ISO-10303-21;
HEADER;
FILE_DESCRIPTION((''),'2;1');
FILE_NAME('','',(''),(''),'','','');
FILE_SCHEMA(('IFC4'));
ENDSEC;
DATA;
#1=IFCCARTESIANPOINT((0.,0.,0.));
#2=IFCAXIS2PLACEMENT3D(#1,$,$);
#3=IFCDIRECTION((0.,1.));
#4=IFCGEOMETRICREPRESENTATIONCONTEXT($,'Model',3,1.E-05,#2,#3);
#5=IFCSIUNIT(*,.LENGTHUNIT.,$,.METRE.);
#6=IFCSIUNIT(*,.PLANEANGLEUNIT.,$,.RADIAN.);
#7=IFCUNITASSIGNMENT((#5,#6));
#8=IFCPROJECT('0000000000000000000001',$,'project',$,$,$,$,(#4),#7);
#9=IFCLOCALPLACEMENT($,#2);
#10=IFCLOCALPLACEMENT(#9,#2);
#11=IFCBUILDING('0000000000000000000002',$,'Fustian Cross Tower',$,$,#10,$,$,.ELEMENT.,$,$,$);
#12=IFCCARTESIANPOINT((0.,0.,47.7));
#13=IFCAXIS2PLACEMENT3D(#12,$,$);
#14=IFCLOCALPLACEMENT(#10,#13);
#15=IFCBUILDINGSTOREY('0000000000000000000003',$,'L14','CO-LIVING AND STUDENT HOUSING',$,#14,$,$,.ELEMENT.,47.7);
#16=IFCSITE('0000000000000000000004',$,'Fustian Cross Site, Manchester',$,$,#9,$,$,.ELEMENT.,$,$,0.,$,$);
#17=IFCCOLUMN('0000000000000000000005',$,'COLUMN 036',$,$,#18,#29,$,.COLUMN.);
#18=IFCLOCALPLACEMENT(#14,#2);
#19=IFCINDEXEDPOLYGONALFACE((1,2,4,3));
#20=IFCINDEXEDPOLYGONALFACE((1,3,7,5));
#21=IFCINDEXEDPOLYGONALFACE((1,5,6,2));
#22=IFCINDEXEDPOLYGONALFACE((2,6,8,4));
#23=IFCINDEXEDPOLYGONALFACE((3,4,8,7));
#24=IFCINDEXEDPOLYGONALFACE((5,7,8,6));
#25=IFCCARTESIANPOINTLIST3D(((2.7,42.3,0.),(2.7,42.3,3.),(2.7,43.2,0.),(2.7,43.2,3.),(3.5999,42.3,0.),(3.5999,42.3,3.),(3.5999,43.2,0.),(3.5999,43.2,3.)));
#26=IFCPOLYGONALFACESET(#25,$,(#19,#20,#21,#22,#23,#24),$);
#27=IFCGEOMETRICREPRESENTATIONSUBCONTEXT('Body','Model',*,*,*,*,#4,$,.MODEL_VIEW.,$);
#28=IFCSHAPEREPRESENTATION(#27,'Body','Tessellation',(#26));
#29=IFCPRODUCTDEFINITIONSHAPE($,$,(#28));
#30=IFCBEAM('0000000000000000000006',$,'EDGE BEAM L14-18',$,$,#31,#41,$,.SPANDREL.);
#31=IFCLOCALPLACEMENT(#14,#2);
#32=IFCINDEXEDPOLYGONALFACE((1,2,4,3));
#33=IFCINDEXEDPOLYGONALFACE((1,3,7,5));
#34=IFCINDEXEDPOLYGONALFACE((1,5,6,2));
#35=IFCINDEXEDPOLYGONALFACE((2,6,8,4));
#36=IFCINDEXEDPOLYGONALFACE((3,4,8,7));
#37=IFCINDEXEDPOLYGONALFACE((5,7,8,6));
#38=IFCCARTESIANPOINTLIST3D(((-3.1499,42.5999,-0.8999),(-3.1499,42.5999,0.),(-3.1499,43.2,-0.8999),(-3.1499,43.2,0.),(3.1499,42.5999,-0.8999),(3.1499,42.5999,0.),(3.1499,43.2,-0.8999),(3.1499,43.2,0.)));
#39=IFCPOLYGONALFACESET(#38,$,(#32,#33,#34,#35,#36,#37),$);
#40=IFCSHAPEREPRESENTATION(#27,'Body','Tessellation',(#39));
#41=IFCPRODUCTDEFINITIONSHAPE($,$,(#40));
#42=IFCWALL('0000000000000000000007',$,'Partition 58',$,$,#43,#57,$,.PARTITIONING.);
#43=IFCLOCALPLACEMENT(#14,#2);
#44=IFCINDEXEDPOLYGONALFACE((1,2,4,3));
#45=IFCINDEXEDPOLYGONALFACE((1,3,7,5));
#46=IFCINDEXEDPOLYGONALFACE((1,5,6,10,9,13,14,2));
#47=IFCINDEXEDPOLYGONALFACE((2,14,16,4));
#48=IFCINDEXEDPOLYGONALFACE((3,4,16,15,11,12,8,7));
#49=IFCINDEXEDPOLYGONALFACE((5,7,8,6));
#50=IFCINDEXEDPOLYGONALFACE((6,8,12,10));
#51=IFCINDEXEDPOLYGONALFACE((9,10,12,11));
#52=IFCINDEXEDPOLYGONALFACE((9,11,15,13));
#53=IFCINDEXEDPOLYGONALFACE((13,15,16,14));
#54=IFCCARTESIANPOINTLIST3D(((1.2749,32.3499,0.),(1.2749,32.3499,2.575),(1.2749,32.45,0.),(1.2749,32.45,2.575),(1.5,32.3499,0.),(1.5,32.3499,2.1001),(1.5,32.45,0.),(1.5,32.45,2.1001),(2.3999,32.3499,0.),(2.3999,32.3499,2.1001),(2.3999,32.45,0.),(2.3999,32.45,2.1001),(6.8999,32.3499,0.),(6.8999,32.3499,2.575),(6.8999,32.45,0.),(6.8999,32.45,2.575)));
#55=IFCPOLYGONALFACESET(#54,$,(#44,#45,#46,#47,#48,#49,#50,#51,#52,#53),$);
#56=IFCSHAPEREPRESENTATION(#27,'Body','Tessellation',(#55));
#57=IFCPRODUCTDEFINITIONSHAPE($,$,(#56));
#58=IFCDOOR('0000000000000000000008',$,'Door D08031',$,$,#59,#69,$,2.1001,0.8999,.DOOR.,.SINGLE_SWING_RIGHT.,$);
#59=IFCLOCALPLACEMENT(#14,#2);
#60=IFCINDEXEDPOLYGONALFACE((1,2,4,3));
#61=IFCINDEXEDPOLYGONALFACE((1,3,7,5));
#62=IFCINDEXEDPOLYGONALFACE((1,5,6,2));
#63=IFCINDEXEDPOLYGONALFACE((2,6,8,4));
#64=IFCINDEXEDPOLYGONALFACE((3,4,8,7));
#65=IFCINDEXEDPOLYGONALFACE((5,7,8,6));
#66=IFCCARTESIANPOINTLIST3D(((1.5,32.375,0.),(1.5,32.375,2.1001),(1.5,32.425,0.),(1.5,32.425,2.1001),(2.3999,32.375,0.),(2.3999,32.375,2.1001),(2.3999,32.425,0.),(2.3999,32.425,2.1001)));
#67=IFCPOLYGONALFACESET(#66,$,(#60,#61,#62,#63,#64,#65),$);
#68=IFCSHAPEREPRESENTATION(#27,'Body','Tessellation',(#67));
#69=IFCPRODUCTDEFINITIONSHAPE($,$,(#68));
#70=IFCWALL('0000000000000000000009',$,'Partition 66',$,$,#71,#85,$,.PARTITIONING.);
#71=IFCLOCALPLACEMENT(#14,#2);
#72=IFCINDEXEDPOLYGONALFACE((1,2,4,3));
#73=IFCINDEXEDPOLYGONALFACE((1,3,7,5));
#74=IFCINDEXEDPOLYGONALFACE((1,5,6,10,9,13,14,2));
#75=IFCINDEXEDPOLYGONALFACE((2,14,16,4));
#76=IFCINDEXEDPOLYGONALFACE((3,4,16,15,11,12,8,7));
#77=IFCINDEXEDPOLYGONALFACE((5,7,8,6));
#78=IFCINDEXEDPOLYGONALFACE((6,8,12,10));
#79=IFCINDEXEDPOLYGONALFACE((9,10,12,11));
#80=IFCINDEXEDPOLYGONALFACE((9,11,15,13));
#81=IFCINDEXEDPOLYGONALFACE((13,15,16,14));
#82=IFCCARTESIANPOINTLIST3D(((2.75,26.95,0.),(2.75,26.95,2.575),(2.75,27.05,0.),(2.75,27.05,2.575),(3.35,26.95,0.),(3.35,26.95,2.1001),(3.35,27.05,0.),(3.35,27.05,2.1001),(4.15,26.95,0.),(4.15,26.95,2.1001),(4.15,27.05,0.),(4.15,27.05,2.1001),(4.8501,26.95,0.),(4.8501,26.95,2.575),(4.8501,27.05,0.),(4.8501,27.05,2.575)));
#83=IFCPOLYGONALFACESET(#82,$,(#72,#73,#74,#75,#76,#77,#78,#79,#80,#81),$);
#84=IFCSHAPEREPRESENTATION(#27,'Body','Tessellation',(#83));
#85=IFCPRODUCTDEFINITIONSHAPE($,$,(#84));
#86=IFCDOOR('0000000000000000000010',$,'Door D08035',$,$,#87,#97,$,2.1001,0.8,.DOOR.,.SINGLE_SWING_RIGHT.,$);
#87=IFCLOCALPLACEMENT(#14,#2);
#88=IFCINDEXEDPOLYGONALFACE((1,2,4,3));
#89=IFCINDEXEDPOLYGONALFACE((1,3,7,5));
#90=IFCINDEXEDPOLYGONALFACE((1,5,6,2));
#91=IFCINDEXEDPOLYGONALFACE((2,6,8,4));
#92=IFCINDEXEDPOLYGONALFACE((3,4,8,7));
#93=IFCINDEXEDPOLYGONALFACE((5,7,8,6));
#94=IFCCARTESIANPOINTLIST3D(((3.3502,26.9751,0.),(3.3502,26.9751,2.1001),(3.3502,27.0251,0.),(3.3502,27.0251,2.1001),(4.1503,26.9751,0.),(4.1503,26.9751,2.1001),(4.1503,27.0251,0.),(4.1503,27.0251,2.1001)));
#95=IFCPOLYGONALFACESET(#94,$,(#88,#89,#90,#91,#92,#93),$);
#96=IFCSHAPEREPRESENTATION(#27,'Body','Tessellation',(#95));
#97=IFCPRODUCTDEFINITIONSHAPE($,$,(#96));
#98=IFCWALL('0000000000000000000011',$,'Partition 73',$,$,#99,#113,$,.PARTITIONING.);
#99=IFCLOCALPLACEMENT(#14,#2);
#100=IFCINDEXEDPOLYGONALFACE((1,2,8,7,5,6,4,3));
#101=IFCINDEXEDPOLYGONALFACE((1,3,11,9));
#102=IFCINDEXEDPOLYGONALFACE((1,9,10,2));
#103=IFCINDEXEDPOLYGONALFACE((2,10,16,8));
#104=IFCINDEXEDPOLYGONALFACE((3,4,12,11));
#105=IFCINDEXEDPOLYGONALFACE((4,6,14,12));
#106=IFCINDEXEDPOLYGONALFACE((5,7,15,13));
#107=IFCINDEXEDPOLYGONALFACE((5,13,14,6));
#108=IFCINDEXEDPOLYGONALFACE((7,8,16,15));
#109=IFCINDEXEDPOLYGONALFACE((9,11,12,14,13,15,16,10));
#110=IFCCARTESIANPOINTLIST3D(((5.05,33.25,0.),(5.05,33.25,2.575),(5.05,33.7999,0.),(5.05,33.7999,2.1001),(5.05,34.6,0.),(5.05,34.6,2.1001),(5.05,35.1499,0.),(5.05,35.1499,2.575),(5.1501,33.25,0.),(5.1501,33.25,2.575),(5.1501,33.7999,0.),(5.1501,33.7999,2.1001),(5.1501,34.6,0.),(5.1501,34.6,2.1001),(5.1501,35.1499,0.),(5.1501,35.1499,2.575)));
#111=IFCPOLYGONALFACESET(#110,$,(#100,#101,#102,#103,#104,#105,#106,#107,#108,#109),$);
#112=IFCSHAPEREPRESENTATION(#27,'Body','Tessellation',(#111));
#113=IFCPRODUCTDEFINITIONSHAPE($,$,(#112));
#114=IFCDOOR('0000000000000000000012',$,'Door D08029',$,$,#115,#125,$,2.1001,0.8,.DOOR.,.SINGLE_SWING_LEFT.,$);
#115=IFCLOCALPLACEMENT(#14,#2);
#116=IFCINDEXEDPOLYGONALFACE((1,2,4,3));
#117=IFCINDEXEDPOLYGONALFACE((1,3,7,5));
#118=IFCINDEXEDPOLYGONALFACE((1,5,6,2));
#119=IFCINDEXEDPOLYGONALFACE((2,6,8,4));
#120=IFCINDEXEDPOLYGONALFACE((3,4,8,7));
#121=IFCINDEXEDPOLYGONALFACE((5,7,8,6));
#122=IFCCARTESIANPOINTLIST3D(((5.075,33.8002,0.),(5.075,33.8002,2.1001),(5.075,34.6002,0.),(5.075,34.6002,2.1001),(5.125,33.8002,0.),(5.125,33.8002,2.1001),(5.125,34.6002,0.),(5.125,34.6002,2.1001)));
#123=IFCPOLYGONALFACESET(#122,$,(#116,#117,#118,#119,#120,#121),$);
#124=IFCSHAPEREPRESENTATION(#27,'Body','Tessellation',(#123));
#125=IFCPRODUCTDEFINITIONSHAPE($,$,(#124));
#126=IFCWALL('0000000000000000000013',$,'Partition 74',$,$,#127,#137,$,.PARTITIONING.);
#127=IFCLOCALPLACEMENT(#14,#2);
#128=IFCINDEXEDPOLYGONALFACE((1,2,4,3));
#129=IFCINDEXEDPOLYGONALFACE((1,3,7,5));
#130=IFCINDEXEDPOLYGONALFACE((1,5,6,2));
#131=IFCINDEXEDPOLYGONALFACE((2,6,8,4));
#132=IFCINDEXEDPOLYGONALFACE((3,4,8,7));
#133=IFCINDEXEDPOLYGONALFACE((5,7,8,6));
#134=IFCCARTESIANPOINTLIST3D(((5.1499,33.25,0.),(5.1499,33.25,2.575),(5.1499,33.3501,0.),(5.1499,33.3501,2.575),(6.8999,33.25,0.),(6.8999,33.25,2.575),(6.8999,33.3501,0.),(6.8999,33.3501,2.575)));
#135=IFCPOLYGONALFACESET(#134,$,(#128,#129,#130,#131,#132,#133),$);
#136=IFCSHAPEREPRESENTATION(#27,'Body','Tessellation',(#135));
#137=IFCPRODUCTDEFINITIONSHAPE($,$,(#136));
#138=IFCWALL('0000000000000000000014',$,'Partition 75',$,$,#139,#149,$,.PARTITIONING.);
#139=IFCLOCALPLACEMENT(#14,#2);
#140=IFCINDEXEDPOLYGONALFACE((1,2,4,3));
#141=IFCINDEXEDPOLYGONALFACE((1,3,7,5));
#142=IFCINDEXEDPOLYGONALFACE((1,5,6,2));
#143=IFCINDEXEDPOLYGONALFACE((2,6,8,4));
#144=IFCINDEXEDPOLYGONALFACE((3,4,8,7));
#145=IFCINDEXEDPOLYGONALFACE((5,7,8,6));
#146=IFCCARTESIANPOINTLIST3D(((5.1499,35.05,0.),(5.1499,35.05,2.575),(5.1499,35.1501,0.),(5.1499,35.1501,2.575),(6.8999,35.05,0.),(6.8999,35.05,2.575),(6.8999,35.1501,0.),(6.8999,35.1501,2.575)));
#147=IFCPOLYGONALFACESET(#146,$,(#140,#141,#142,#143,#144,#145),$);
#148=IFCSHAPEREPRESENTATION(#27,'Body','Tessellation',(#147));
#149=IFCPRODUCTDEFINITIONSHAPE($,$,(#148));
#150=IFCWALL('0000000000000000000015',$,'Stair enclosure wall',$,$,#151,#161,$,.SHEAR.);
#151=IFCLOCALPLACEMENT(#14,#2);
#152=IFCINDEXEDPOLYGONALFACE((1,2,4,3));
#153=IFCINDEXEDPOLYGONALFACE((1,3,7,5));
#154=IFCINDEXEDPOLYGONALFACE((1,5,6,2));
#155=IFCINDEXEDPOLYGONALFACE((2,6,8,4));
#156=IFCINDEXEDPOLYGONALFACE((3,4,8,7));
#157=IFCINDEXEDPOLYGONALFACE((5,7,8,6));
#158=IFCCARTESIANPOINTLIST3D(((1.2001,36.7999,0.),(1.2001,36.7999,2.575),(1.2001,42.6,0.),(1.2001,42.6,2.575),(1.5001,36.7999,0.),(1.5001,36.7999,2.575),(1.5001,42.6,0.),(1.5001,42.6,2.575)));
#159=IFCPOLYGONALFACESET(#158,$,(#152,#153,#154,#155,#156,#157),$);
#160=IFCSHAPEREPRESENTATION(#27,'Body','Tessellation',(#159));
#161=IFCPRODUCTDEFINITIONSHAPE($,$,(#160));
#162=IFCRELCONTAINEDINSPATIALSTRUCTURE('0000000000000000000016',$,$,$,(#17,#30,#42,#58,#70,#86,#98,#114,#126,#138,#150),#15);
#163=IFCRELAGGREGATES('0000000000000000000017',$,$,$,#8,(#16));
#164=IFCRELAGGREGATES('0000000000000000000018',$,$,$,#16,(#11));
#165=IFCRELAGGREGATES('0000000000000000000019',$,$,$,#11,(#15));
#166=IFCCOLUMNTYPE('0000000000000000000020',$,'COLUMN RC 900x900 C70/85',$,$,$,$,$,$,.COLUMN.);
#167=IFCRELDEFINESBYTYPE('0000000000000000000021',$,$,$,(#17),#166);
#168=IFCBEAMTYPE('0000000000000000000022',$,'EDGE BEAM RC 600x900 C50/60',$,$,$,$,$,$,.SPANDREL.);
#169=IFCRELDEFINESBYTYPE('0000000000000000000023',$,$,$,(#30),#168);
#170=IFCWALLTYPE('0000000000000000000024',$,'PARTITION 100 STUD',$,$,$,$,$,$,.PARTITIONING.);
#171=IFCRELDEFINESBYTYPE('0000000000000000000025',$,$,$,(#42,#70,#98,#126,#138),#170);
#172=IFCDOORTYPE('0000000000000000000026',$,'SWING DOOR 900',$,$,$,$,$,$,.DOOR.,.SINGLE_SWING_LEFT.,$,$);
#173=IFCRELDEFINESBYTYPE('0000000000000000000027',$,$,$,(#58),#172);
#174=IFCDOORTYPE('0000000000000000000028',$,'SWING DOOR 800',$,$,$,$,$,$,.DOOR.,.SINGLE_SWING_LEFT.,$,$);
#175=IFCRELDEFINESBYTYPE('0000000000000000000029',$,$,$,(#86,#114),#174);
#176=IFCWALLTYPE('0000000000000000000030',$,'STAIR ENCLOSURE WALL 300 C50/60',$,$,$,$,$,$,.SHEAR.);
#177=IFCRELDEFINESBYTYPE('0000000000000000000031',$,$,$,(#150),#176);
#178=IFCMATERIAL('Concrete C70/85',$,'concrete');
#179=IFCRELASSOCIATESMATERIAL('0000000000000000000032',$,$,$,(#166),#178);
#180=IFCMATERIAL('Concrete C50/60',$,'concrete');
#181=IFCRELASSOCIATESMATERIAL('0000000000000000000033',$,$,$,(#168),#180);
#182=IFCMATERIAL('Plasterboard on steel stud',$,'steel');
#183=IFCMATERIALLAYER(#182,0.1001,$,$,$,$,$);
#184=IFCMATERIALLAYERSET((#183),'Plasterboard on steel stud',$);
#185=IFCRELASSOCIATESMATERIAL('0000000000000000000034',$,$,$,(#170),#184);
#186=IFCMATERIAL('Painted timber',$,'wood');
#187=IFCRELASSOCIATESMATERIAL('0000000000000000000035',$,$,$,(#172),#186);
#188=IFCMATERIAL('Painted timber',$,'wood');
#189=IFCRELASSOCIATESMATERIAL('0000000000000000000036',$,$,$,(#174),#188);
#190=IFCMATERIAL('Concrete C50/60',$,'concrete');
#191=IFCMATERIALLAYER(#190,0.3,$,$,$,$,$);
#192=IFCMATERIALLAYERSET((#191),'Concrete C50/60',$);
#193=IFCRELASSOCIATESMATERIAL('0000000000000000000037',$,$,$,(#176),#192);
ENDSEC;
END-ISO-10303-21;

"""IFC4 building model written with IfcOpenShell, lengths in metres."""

from ifc_helpers import new_model, si_unit, direction, frame, frame_2d, origin, origin_2d, place, context, subcontext, project, spatial, rectangle, extrude, material, layer, layer_set, material_profile, profile_set, type_object, element, fill, save


model = new_model("IFC4")

# Units and contexts
model_context = context("Model", 3, precision=1e-05, world=origin(), true_north=direction((0.0, 1.0)))
body_context = subcontext(model_context, "Body", "Model", "MODEL_VIEW")
ifc_project = project(units=[si_unit("LENGTHUNIT", "METRE"), si_unit("PLANEANGLEUNIT", "RADIAN")], contexts=[model_context])

# Site, building, storey
site_placement = place(None, origin())
site = spatial("IfcSite", under=ifc_project, at=site_placement, Name="Fustian Cross Site, Manchester", CompositionType="ELEMENT", RefElevation=0.0)
building_placement = place(site_placement, origin())
building = spatial("IfcBuilding", under=site, at=building_placement, Name="Fustian Cross Tower", CompositionType="ELEMENT")
storey_placement = place(building_placement, frame((0.0, 0.0, 47.7)))
storey = spatial("IfcBuildingStorey", under=building, at=storey_placement, Name="L14", Description="CO-LIVING AND STUDENT HOUSING", CompositionType="ELEMENT", Elevation=47.7)

# Column
ifc_material_1 = material(Name="Concrete C70/85", Category="concrete")
ifc_material_profile_1 = material_profile(ifc_material_1, rectangle(XDim=0.8999, YDim=0.8999, at=origin_2d()), Name="RC 900x900")
ifc_profile_set_1 = profile_set([ifc_material_profile_1], Name="Concrete C70/85")
column_type = type_object("IfcColumnType", Name="COLUMN RC 900x900 C70/85", PredefinedType="COLUMN", material=ifc_profile_set_1)
column_placement = place(storey_placement, frame((3.1499, 42.75, 0.0), z_axis=(0.0, 0.0, 1.0), x_axis=(1.0, 0.0, 0.0)))
element("IfcColumn", 1, at=column_placement, inside=storey, type_object=column_type, Name="COLUMN 036", PredefinedType="COLUMN", context=body_context, shape_type="SweptSolid", body=[
    extrude(rectangle(XDim=0.8999, YDim=0.8999, at=origin_2d()), origin(), (0.0, 0.0, 1.0), 3.0),
])

# Beam
ifc_material_2 = material(Name="Concrete C50/60", Category="concrete")
ifc_material_profile_2 = material_profile(ifc_material_2, rectangle(XDim=0.6001, YDim=0.8999, at=origin_2d()), Name="RC 600x900")
ifc_profile_set_2 = profile_set([ifc_material_profile_2], Name="Concrete C50/60")
beam_type = type_object("IfcBeamType", Name="EDGE BEAM RC 600x900 C50/60", PredefinedType="SPANDREL", material=ifc_profile_set_2)
beam_placement = place(storey_placement, frame((3.1499, 42.8999, -0.45), z_axis=(-1.0, 0.0, 0.0), x_axis=(0.0, -1.0, 0.0)))
element("IfcBeam", 2, at=beam_placement, inside=storey, type_object=beam_type, Name="EDGE BEAM L14-18", PredefinedType="SPANDREL", context=body_context, shape_type="SweptSolid", body=[
    extrude(rectangle(XDim=0.6001, YDim=0.8999, at=origin_2d()), origin(), (0.0, 0.0, 1.0), 6.2998),
])

# Walls, openings, doors
ifc_material_3 = material(Name="Plasterboard on steel stud", Category="steel")
ifc_layer_1 = layer(ifc_material_3, 0.1001)
ifc_layer_set_1 = layer_set([ifc_layer_1], Name="Plasterboard on steel stud")
wall_type_1 = type_object("IfcWallType", Name="PARTITION 100 STUD", PredefinedType="PARTITIONING", material=ifc_layer_set_1)
wall_1_placement = place(storey_placement, frame((1.2749, 32.3999, 0.0), z_axis=(0.0, 0.0, 1.0), x_axis=(1.0, 0.0, 0.0)))
wall_1 = element("IfcWall", 3, at=wall_1_placement, inside=storey, type_object=wall_type_1, Name="Partition 58", PredefinedType="PARTITIONING", context=body_context, shape_type="SweptSolid", body=[
    extrude(rectangle(XDim=5.625, YDim=0.1001, at=frame_2d((2.8125, 0.0))), origin(), (0.0, 0.0, 1.0), 2.575),
])
opening_1_placement = place(wall_1_placement, frame((0.2251, 0.0, 0.0)))
opening_1 = element("IfcOpeningElement", 4, at=opening_1_placement, cuts=wall_1, PredefinedType="OPENING", context=body_context, shape_type="SweptSolid", body=[
    extrude(rectangle(XDim=0.8999, YDim=2.1001, at=frame_2d((0.45, 1.05))), frame((0.0, 0.0601, 0.0), z_axis=(0.0, -1.0, 0.0), x_axis=(1.0, 0.0, 0.0)), (0.0, 0.0, 1.0), 0.1201),
])
ifc_material_4 = material(Name="Painted timber", Category="wood")
door_type_1 = type_object("IfcDoorType", Name="SWING DOOR 900", OperationType="SINGLE_SWING_LEFT", PredefinedType="DOOR", material=ifc_material_4)
door_1_placement = place(opening_1_placement, frame((0.8999, 0.0, 0.0), z_axis=(0.0, 0.0, 1.0), x_axis=(-1.0, 0.0, 0.0)))
door_1 = element("IfcDoor", 5, at=door_1_placement, inside=storey, type_object=door_type_1, Name="Door D08031", OperationType="SINGLE_SWING_RIGHT", OverallHeight=2.1001, OverallWidth=0.8999, PredefinedType="DOOR", context=body_context, shape_type="SweptSolid", body=[
    extrude(rectangle(XDim=0.8999, YDim=2.1001, at=frame_2d((0.45, 1.05))), frame((0.0, 0.0249, 0.0), z_axis=(0.0, -1.0, 0.0), x_axis=(1.0, 0.0, 0.0)), (0.0, 0.0, 1.0), 0.05),
])
fill(opening_1, door_1)
wall_2_placement = place(storey_placement, frame((2.75, 27.0, 0.0), z_axis=(0.0, 0.0, 1.0), x_axis=(1.0, 0.0, 0.0)))
wall_2 = element("IfcWall", 6, at=wall_2_placement, inside=storey, type_object=wall_type_1, Name="Partition 66", PredefinedType="PARTITIONING", context=body_context, shape_type="SweptSolid", body=[
    extrude(rectangle(XDim=2.1001, YDim=0.1001, at=frame_2d((1.05, 0.0))), origin(), (0.0, 0.0, 1.0), 2.575),
])
opening_2_placement = place(wall_2_placement, frame((0.6001, 0.0, 0.0)))
opening_2 = element("IfcOpeningElement", 7, at=opening_2_placement, cuts=wall_2, PredefinedType="OPENING", context=body_context, shape_type="SweptSolid", body=[
    extrude(rectangle(XDim=0.8, YDim=2.1001, at=frame_2d((0.3999, 1.05))), frame((0.0, 0.0601, 0.0), z_axis=(0.0, -1.0, 0.0), x_axis=(1.0, 0.0, 0.0)), (0.0, 0.0, 1.0), 0.1201),
])
ifc_material_5 = material(Name="Painted timber", Category="wood")
door_type_2 = type_object("IfcDoorType", Name="SWING DOOR 800", OperationType="SINGLE_SWING_LEFT", PredefinedType="DOOR", material=ifc_material_5)
door_2_placement = place(opening_2_placement, frame((0.8, 0.0, 0.0), z_axis=(0.0, 0.0, 1.0), x_axis=(-1.0, 0.0, 0.0)))
door_2 = element("IfcDoor", 8, at=door_2_placement, inside=storey, type_object=door_type_2, Name="Door D08035", OperationType="SINGLE_SWING_RIGHT", OverallHeight=2.1001, OverallWidth=0.8, PredefinedType="DOOR", context=body_context, shape_type="SweptSolid", body=[
    extrude(rectangle(XDim=0.8, YDim=2.1001, at=frame_2d((0.3999, 1.05))), frame((0.0, 0.0249, 0.0), z_axis=(0.0, -1.0, 0.0), x_axis=(1.0, 0.0, 0.0)), (0.0, 0.0, 1.0), 0.05),
])
fill(opening_2, door_2)
wall_3_placement = place(storey_placement, frame((5.1001, 33.25, 0.0), z_axis=(0.0, 0.0, 1.0), x_axis=(0.0, 1.0, 0.0)))
wall_3 = element("IfcWall", 9, at=wall_3_placement, inside=storey, type_object=wall_type_1, Name="Partition 73", PredefinedType="PARTITIONING", context=body_context, shape_type="SweptSolid", body=[
    extrude(rectangle(XDim=1.8999, YDim=0.1001, at=frame_2d((0.95, 0.0))), origin(), (0.0, 0.0, 1.0), 2.575),
])
opening_3_placement = place(wall_3_placement, frame((0.55, 0.0, 0.0)))
opening_3 = element("IfcOpeningElement", 10, at=opening_3_placement, cuts=wall_3, PredefinedType="OPENING", context=body_context, shape_type="SweptSolid", body=[
    extrude(rectangle(XDim=0.8, YDim=2.1001, at=frame_2d((0.3999, 1.05))), frame((0.0, 0.0601, 0.0), z_axis=(0.0, -1.0, 0.0), x_axis=(1.0, 0.0, 0.0)), (0.0, 0.0, 1.0), 0.1201),
])
door_3_placement = place(opening_3_placement, frame((0.8, 0.0, 0.0), z_axis=(0.0, 0.0, 1.0), x_axis=(-1.0, 0.0, 0.0)))
door_3 = element("IfcDoor", 11, at=door_3_placement, inside=storey, type_object=door_type_2, Name="Door D08029", OperationType="SINGLE_SWING_LEFT", OverallHeight=2.1001, OverallWidth=0.8, PredefinedType="DOOR", context=body_context, shape_type="SweptSolid", body=[
    extrude(rectangle(XDim=0.8, YDim=2.1001, at=frame_2d((0.3999, 1.05))), frame((0.0, 0.0249, 0.0), z_axis=(0.0, -1.0, 0.0), x_axis=(1.0, 0.0, 0.0)), (0.0, 0.0, 1.0), 0.05),
])
fill(opening_3, door_3)

# Walls
for number, where, z_axis, x_axis, name in (
    (12, (5.1499, 33.3, 0.0), (0.0, 0.0, 1.0), (1.0, 0.0, 0.0), "Partition 74"),
    (13, (5.1499, 35.1001, 0.0), (0.0, 0.0, 1.0), (1.0, 0.0, 0.0), "Partition 75"),
):
    element("IfcWall", number, at=place(storey_placement, frame(where, z_axis=z_axis, x_axis=x_axis)), inside=storey, type_object=wall_type_1, Name=name, PredefinedType="PARTITIONING", context=body_context, shape_type="SweptSolid", body=[
        extrude(rectangle(XDim=1.75, YDim=0.1001, at=frame_2d((0.875, 0.0))), origin(), (0.0, 0.0, 1.0), 2.575),
    ])
ifc_material_6 = material(Name="Concrete C50/60", Category="concrete")
ifc_layer_2 = layer(ifc_material_6, 0.3)
ifc_layer_set_2 = layer_set([ifc_layer_2], Name="Concrete C50/60")
wall_type_2 = type_object("IfcWallType", Name="STAIR ENCLOSURE WALL 300 C50/60", PredefinedType="SHEAR", material=ifc_layer_set_2)
wall_4_placement = place(storey_placement, frame((1.3501, 36.8, 0.0), z_axis=(0.0, 0.0, 1.0), x_axis=(0.0, 1.0, 0.0)))
element("IfcWall", 14, at=wall_4_placement, inside=storey, type_object=wall_type_2, Name="Stair enclosure wall", PredefinedType="SHEAR", context=body_context, shape_type="SweptSolid", body=[
    extrude(rectangle(XDim=5.8, YDim=0.3, at=frame_2d((2.8999, 0.0))), origin(), (0.0, 0.0, 1.0), 2.575),
])

save(model, "model.ifc")
